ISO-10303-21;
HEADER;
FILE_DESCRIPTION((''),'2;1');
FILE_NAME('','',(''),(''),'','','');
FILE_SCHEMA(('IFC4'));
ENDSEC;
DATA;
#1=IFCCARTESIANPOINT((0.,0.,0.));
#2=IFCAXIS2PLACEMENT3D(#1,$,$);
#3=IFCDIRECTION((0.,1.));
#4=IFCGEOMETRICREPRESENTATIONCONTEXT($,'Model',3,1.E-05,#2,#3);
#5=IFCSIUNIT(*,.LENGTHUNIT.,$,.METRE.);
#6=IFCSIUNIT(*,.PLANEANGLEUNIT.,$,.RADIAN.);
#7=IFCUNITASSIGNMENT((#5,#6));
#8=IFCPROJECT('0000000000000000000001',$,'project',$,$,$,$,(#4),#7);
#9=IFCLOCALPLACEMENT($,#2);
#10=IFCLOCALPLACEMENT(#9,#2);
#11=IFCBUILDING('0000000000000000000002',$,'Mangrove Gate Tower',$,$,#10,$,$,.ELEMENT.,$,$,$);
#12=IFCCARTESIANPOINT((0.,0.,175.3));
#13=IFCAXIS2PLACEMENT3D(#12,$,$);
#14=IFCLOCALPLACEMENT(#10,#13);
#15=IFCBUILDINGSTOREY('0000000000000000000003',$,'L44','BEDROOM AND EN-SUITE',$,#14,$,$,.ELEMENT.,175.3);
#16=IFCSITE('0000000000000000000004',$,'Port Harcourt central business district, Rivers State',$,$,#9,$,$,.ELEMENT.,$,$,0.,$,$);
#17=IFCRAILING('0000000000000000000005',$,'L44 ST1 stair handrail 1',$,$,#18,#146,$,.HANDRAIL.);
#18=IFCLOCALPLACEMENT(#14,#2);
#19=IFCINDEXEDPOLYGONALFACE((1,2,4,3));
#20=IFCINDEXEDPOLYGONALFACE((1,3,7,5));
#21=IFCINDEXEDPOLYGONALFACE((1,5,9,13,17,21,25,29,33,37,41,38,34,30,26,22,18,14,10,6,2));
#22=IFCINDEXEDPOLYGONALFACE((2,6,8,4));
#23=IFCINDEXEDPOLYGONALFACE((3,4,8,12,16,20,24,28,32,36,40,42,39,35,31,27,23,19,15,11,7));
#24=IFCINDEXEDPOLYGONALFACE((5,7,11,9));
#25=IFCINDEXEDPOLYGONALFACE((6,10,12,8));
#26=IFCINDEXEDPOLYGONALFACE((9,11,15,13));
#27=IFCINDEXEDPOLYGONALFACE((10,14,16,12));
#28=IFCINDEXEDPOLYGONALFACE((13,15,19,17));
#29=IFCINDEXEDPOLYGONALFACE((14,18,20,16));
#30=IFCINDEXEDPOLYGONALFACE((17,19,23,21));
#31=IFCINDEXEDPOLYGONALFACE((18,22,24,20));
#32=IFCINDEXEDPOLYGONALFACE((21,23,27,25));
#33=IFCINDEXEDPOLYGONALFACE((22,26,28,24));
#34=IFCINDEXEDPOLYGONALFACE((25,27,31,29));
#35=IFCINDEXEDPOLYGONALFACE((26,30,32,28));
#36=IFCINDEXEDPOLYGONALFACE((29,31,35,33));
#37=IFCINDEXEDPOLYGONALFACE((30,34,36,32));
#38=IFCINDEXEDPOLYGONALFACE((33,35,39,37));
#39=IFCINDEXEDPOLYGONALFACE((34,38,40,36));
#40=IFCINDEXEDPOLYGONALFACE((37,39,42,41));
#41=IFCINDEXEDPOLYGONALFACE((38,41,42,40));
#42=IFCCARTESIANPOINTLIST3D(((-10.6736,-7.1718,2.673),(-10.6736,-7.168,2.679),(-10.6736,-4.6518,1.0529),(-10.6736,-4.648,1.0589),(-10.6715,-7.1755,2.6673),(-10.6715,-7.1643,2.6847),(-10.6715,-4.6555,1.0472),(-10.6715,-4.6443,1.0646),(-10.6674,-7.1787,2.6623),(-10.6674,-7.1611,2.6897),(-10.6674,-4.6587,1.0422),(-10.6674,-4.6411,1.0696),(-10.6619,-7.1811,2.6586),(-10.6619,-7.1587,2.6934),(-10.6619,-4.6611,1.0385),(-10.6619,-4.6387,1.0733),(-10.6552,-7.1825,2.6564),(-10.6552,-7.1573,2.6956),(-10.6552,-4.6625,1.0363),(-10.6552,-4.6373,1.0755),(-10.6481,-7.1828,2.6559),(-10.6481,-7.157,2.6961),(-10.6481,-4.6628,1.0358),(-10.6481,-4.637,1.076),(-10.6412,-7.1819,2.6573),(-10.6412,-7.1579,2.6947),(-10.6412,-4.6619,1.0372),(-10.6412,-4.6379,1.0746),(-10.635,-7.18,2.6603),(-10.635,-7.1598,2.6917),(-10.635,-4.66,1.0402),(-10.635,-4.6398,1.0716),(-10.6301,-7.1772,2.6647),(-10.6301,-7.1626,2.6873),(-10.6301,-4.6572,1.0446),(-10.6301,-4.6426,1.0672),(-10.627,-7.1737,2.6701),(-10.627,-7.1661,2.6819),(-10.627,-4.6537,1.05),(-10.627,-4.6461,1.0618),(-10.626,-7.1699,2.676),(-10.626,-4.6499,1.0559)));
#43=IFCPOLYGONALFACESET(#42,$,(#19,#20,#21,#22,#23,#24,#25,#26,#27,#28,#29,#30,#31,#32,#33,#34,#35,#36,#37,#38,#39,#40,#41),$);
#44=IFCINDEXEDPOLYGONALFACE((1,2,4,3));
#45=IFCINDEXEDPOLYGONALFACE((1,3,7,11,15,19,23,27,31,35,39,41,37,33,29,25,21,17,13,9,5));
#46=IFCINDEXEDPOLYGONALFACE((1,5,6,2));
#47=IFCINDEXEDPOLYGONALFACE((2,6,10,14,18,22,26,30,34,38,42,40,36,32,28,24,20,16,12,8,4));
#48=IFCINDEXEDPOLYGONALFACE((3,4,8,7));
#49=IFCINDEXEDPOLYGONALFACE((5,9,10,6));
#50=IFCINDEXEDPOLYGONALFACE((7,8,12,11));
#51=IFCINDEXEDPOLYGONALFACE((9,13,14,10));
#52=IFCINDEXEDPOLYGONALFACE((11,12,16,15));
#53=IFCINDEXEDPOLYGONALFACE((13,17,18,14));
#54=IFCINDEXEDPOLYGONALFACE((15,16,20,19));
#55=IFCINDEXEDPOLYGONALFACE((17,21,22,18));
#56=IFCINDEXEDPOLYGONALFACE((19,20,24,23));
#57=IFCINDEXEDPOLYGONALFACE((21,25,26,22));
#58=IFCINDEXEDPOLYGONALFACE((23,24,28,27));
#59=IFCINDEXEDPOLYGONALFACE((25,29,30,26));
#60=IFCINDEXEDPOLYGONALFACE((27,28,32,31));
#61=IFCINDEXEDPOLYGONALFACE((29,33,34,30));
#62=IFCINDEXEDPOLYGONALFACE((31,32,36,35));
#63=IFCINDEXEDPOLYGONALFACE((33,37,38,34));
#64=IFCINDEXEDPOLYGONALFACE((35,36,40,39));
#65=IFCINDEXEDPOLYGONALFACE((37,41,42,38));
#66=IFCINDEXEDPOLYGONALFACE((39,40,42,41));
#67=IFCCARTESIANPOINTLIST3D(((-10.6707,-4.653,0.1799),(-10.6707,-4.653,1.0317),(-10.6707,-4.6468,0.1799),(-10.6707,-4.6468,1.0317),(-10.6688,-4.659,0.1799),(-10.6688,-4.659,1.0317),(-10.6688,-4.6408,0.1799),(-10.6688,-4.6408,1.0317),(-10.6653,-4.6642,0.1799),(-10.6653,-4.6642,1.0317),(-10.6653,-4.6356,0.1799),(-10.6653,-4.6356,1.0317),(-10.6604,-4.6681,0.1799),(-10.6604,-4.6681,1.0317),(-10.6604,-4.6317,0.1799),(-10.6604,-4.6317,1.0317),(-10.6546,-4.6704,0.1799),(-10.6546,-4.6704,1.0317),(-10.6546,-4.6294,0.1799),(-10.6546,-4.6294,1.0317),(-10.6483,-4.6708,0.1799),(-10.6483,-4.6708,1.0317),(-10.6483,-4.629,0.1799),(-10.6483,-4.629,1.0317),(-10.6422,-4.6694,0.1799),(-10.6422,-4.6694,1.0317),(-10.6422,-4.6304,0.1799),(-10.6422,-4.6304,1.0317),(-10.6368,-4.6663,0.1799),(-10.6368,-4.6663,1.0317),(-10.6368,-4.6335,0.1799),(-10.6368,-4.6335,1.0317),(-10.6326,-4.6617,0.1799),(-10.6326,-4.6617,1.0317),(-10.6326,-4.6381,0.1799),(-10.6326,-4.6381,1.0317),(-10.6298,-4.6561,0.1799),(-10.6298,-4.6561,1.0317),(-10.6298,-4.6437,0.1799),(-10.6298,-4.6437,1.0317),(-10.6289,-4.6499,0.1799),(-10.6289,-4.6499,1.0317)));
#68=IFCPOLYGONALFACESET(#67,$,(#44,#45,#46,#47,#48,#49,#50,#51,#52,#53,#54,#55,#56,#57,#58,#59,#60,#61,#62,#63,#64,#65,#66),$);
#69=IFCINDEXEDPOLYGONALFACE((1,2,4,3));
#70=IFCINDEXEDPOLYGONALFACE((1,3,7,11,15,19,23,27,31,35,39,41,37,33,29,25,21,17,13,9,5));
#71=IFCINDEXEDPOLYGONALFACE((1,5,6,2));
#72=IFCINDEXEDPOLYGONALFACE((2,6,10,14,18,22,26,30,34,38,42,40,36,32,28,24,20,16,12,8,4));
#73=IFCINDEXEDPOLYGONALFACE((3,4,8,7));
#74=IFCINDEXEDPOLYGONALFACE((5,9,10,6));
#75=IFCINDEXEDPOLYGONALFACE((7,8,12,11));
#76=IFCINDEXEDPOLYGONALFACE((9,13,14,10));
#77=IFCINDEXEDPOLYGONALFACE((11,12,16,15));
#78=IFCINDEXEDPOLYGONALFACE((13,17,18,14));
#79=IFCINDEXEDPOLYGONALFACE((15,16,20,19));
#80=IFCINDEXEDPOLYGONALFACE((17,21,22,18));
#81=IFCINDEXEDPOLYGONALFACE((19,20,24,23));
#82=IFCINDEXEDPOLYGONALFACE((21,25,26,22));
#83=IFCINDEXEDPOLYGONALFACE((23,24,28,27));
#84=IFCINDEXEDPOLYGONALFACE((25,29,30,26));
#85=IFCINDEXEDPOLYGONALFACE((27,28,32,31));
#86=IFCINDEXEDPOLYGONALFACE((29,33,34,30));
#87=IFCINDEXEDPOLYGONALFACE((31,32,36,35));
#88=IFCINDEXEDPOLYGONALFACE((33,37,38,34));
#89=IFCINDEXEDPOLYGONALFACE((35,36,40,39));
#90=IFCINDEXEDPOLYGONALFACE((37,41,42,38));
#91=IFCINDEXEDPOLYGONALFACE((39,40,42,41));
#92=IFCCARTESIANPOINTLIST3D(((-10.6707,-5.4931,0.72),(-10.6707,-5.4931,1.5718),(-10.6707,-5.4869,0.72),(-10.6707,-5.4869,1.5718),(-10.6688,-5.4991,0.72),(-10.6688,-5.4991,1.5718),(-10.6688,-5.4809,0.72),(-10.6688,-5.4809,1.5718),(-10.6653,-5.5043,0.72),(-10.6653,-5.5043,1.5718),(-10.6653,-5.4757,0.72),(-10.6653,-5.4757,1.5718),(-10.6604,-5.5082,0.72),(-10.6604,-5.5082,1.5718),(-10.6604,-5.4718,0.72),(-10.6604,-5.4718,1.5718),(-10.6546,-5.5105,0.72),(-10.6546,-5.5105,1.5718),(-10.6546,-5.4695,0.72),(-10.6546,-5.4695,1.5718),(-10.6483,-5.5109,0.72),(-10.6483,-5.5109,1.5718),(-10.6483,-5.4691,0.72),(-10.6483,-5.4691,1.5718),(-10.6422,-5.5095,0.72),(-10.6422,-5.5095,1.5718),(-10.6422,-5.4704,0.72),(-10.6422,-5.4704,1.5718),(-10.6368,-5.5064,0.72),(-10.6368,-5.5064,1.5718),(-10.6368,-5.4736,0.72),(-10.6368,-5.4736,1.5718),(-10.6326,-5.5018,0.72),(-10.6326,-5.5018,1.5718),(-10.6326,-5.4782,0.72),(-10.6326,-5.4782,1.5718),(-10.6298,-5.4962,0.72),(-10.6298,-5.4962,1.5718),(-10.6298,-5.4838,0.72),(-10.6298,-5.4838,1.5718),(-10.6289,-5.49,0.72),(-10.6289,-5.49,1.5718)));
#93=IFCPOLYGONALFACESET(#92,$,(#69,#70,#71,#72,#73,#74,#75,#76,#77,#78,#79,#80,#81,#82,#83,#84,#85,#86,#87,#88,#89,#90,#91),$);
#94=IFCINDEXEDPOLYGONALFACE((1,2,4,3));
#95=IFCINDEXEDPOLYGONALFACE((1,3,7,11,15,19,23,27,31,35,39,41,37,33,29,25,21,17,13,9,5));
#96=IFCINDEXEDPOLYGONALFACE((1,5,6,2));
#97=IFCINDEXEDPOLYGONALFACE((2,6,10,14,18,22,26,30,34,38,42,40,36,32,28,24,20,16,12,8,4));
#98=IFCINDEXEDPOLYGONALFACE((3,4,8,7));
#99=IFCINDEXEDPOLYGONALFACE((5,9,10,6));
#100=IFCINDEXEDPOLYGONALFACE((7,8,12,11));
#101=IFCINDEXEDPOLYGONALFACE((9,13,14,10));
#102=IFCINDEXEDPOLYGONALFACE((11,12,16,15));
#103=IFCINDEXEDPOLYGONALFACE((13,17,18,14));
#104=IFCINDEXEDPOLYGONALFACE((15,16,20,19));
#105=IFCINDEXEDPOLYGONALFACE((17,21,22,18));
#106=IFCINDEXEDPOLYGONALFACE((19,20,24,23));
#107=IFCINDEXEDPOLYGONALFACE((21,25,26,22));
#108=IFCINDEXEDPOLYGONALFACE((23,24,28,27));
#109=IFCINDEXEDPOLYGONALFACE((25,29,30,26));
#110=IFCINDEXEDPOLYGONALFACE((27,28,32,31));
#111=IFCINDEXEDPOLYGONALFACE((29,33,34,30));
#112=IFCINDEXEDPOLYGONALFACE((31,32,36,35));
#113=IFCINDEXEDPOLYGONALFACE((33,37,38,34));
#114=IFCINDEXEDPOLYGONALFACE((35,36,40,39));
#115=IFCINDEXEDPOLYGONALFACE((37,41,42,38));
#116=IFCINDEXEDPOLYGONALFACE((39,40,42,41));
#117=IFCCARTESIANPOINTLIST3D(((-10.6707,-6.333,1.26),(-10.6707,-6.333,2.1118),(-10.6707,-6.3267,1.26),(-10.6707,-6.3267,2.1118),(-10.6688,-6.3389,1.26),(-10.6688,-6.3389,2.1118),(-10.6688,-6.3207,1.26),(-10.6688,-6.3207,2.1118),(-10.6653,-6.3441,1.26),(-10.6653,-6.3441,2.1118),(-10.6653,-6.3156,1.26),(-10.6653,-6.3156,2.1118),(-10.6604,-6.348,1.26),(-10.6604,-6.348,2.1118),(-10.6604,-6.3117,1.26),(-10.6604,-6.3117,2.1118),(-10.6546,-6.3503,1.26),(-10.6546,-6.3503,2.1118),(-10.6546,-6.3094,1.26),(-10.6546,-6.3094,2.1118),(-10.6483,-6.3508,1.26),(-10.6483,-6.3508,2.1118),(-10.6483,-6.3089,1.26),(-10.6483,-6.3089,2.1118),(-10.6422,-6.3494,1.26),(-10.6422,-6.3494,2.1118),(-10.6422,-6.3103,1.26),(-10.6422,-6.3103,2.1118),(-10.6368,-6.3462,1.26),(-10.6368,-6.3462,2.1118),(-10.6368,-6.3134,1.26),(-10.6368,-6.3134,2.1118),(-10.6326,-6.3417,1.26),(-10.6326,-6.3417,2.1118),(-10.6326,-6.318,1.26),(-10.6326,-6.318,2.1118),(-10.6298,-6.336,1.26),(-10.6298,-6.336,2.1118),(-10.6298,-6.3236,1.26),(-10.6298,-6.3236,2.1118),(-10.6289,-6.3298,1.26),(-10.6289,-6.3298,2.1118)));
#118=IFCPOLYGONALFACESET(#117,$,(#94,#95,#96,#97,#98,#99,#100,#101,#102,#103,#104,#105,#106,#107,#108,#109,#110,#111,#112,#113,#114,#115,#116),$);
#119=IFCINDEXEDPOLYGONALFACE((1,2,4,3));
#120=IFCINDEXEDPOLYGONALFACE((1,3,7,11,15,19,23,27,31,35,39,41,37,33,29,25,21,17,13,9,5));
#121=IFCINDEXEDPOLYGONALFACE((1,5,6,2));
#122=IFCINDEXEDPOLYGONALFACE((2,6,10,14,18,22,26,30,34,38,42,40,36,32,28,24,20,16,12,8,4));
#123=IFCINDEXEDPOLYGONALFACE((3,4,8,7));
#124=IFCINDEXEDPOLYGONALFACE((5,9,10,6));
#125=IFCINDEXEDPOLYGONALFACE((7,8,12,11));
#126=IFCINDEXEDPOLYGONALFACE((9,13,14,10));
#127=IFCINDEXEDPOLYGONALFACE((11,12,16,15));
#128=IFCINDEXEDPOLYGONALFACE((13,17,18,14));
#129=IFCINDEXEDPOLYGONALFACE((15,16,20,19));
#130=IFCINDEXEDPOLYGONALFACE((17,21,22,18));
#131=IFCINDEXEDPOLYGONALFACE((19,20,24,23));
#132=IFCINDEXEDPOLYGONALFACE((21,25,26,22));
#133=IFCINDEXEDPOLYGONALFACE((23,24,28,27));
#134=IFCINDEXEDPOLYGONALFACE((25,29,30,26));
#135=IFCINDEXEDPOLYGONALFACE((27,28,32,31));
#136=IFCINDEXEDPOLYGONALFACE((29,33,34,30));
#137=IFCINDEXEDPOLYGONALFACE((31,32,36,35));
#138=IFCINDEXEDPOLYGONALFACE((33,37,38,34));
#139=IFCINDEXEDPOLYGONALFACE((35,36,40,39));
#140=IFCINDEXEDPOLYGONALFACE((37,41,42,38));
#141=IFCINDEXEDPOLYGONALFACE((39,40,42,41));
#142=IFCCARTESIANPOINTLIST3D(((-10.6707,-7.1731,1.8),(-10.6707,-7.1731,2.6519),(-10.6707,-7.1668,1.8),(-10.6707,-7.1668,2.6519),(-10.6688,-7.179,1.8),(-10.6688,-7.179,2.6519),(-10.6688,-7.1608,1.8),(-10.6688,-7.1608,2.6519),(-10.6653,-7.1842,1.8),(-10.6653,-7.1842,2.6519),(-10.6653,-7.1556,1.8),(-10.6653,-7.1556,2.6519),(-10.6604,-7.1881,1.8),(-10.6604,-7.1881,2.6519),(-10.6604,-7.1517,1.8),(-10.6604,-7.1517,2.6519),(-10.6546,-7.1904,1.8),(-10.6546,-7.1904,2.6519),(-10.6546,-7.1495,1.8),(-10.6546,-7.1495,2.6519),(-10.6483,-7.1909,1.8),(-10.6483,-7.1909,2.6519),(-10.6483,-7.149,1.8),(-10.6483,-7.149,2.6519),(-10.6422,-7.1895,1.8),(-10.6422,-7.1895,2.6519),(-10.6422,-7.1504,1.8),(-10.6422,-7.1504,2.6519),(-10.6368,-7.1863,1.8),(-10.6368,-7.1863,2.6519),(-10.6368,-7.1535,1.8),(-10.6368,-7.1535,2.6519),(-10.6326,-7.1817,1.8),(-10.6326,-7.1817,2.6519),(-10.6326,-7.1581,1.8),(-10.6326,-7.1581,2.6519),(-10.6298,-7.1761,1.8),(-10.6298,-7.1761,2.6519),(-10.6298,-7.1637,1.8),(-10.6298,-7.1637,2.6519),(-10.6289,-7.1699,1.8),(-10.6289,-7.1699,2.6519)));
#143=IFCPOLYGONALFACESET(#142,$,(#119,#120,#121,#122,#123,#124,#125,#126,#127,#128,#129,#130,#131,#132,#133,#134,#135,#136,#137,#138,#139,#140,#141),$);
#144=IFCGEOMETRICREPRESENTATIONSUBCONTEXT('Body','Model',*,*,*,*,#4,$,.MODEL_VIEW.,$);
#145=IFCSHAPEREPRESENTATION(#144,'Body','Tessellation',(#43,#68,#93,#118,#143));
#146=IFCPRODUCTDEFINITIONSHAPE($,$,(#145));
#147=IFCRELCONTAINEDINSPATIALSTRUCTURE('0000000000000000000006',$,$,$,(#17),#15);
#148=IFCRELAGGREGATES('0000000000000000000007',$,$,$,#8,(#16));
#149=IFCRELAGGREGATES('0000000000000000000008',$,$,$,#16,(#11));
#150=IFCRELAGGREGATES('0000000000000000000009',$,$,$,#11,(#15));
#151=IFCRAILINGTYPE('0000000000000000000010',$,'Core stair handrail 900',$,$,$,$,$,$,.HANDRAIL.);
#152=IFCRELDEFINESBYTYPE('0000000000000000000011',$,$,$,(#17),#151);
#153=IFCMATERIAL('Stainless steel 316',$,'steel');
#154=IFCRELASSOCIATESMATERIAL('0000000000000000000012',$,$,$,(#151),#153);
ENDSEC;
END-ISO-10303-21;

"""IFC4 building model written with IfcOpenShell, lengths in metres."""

from ifc_helpers import new_model, si_unit, direction, frame, origin, origin_2d, place, context, subcontext, project, spatial, circle, extrude, material, type_object, element, save


model = new_model("IFC4")

# Units and contexts
model_context = context("Model", 3, precision=1e-05, world=origin(), true_north=direction((0.0, 1.0)))
body_context = subcontext(model_context, "Body", "Model", "MODEL_VIEW")
ifc_project = project(units=[si_unit("LENGTHUNIT", "METRE"), si_unit("PLANEANGLEUNIT", "RADIAN")], contexts=[model_context])

# Site, building, storey
site_placement = place(None, origin())
site = spatial("IfcSite", under=ifc_project, at=site_placement, Name="Port Harcourt central business district, Rivers State", CompositionType="ELEMENT", RefElevation=0.0)
building_placement = place(site_placement, origin())
building = spatial("IfcBuilding", under=site, at=building_placement, Name="Mangrove Gate Tower", CompositionType="ELEMENT")
storey_placement = place(building_placement, frame((0.0, 0.0, 175.3)))
storey = spatial("IfcBuildingStorey", under=building, at=storey_placement, Name="L44", Description="BEDROOM AND EN-SUITE", CompositionType="ELEMENT", Elevation=175.3)

# Railing
ifc_material_1 = material(Name="Stainless steel 316", Category="steel")
railing_type_1 = type_object("IfcRailingType", Name="Core stair handrail 900", PredefinedType="HANDRAIL", material=ifc_material_1)
railing_1_placement = place(storey_placement, frame((-10.6499, -4.6499, 0.1799)))
element("IfcRailing", 1, at=railing_1_placement, inside=storey, type_object=railing_type_1, Name="L44 ST1 stair handrail 1", PredefinedType="HANDRAIL", context=body_context, shape_type="SweptSolid", body=[
    extrude(circle(Radius=0.0239, at=origin_2d()), frame((0.0, 0.0, 0.876), z_axis=(0.0, -0.841163, 0.540782), x_axis=(1.0, 0.0, 0.0)), (0.0, 0.0, 1.0), 2.9958),
    extrude(circle(Radius=0.021, at=origin_2d()), origin(), (0.0, 0.0, 1.0), 0.8518),
    extrude(circle(Radius=0.021, at=origin_2d()), frame((0.0, -0.8401, 0.54)), (0.0, 0.0, 1.0), 0.8518),
    extrude(circle(Radius=0.021, at=origin_2d()), frame((0.0, -1.6799, 1.0801)), (0.0, 0.0, 1.0), 0.8518),
    extrude(circle(Radius=0.021, at=origin_2d()), frame((0.0, -2.52, 1.6201)), (0.0, 0.0, 1.0), 0.8518),
])

save(model, "model.ifc")
